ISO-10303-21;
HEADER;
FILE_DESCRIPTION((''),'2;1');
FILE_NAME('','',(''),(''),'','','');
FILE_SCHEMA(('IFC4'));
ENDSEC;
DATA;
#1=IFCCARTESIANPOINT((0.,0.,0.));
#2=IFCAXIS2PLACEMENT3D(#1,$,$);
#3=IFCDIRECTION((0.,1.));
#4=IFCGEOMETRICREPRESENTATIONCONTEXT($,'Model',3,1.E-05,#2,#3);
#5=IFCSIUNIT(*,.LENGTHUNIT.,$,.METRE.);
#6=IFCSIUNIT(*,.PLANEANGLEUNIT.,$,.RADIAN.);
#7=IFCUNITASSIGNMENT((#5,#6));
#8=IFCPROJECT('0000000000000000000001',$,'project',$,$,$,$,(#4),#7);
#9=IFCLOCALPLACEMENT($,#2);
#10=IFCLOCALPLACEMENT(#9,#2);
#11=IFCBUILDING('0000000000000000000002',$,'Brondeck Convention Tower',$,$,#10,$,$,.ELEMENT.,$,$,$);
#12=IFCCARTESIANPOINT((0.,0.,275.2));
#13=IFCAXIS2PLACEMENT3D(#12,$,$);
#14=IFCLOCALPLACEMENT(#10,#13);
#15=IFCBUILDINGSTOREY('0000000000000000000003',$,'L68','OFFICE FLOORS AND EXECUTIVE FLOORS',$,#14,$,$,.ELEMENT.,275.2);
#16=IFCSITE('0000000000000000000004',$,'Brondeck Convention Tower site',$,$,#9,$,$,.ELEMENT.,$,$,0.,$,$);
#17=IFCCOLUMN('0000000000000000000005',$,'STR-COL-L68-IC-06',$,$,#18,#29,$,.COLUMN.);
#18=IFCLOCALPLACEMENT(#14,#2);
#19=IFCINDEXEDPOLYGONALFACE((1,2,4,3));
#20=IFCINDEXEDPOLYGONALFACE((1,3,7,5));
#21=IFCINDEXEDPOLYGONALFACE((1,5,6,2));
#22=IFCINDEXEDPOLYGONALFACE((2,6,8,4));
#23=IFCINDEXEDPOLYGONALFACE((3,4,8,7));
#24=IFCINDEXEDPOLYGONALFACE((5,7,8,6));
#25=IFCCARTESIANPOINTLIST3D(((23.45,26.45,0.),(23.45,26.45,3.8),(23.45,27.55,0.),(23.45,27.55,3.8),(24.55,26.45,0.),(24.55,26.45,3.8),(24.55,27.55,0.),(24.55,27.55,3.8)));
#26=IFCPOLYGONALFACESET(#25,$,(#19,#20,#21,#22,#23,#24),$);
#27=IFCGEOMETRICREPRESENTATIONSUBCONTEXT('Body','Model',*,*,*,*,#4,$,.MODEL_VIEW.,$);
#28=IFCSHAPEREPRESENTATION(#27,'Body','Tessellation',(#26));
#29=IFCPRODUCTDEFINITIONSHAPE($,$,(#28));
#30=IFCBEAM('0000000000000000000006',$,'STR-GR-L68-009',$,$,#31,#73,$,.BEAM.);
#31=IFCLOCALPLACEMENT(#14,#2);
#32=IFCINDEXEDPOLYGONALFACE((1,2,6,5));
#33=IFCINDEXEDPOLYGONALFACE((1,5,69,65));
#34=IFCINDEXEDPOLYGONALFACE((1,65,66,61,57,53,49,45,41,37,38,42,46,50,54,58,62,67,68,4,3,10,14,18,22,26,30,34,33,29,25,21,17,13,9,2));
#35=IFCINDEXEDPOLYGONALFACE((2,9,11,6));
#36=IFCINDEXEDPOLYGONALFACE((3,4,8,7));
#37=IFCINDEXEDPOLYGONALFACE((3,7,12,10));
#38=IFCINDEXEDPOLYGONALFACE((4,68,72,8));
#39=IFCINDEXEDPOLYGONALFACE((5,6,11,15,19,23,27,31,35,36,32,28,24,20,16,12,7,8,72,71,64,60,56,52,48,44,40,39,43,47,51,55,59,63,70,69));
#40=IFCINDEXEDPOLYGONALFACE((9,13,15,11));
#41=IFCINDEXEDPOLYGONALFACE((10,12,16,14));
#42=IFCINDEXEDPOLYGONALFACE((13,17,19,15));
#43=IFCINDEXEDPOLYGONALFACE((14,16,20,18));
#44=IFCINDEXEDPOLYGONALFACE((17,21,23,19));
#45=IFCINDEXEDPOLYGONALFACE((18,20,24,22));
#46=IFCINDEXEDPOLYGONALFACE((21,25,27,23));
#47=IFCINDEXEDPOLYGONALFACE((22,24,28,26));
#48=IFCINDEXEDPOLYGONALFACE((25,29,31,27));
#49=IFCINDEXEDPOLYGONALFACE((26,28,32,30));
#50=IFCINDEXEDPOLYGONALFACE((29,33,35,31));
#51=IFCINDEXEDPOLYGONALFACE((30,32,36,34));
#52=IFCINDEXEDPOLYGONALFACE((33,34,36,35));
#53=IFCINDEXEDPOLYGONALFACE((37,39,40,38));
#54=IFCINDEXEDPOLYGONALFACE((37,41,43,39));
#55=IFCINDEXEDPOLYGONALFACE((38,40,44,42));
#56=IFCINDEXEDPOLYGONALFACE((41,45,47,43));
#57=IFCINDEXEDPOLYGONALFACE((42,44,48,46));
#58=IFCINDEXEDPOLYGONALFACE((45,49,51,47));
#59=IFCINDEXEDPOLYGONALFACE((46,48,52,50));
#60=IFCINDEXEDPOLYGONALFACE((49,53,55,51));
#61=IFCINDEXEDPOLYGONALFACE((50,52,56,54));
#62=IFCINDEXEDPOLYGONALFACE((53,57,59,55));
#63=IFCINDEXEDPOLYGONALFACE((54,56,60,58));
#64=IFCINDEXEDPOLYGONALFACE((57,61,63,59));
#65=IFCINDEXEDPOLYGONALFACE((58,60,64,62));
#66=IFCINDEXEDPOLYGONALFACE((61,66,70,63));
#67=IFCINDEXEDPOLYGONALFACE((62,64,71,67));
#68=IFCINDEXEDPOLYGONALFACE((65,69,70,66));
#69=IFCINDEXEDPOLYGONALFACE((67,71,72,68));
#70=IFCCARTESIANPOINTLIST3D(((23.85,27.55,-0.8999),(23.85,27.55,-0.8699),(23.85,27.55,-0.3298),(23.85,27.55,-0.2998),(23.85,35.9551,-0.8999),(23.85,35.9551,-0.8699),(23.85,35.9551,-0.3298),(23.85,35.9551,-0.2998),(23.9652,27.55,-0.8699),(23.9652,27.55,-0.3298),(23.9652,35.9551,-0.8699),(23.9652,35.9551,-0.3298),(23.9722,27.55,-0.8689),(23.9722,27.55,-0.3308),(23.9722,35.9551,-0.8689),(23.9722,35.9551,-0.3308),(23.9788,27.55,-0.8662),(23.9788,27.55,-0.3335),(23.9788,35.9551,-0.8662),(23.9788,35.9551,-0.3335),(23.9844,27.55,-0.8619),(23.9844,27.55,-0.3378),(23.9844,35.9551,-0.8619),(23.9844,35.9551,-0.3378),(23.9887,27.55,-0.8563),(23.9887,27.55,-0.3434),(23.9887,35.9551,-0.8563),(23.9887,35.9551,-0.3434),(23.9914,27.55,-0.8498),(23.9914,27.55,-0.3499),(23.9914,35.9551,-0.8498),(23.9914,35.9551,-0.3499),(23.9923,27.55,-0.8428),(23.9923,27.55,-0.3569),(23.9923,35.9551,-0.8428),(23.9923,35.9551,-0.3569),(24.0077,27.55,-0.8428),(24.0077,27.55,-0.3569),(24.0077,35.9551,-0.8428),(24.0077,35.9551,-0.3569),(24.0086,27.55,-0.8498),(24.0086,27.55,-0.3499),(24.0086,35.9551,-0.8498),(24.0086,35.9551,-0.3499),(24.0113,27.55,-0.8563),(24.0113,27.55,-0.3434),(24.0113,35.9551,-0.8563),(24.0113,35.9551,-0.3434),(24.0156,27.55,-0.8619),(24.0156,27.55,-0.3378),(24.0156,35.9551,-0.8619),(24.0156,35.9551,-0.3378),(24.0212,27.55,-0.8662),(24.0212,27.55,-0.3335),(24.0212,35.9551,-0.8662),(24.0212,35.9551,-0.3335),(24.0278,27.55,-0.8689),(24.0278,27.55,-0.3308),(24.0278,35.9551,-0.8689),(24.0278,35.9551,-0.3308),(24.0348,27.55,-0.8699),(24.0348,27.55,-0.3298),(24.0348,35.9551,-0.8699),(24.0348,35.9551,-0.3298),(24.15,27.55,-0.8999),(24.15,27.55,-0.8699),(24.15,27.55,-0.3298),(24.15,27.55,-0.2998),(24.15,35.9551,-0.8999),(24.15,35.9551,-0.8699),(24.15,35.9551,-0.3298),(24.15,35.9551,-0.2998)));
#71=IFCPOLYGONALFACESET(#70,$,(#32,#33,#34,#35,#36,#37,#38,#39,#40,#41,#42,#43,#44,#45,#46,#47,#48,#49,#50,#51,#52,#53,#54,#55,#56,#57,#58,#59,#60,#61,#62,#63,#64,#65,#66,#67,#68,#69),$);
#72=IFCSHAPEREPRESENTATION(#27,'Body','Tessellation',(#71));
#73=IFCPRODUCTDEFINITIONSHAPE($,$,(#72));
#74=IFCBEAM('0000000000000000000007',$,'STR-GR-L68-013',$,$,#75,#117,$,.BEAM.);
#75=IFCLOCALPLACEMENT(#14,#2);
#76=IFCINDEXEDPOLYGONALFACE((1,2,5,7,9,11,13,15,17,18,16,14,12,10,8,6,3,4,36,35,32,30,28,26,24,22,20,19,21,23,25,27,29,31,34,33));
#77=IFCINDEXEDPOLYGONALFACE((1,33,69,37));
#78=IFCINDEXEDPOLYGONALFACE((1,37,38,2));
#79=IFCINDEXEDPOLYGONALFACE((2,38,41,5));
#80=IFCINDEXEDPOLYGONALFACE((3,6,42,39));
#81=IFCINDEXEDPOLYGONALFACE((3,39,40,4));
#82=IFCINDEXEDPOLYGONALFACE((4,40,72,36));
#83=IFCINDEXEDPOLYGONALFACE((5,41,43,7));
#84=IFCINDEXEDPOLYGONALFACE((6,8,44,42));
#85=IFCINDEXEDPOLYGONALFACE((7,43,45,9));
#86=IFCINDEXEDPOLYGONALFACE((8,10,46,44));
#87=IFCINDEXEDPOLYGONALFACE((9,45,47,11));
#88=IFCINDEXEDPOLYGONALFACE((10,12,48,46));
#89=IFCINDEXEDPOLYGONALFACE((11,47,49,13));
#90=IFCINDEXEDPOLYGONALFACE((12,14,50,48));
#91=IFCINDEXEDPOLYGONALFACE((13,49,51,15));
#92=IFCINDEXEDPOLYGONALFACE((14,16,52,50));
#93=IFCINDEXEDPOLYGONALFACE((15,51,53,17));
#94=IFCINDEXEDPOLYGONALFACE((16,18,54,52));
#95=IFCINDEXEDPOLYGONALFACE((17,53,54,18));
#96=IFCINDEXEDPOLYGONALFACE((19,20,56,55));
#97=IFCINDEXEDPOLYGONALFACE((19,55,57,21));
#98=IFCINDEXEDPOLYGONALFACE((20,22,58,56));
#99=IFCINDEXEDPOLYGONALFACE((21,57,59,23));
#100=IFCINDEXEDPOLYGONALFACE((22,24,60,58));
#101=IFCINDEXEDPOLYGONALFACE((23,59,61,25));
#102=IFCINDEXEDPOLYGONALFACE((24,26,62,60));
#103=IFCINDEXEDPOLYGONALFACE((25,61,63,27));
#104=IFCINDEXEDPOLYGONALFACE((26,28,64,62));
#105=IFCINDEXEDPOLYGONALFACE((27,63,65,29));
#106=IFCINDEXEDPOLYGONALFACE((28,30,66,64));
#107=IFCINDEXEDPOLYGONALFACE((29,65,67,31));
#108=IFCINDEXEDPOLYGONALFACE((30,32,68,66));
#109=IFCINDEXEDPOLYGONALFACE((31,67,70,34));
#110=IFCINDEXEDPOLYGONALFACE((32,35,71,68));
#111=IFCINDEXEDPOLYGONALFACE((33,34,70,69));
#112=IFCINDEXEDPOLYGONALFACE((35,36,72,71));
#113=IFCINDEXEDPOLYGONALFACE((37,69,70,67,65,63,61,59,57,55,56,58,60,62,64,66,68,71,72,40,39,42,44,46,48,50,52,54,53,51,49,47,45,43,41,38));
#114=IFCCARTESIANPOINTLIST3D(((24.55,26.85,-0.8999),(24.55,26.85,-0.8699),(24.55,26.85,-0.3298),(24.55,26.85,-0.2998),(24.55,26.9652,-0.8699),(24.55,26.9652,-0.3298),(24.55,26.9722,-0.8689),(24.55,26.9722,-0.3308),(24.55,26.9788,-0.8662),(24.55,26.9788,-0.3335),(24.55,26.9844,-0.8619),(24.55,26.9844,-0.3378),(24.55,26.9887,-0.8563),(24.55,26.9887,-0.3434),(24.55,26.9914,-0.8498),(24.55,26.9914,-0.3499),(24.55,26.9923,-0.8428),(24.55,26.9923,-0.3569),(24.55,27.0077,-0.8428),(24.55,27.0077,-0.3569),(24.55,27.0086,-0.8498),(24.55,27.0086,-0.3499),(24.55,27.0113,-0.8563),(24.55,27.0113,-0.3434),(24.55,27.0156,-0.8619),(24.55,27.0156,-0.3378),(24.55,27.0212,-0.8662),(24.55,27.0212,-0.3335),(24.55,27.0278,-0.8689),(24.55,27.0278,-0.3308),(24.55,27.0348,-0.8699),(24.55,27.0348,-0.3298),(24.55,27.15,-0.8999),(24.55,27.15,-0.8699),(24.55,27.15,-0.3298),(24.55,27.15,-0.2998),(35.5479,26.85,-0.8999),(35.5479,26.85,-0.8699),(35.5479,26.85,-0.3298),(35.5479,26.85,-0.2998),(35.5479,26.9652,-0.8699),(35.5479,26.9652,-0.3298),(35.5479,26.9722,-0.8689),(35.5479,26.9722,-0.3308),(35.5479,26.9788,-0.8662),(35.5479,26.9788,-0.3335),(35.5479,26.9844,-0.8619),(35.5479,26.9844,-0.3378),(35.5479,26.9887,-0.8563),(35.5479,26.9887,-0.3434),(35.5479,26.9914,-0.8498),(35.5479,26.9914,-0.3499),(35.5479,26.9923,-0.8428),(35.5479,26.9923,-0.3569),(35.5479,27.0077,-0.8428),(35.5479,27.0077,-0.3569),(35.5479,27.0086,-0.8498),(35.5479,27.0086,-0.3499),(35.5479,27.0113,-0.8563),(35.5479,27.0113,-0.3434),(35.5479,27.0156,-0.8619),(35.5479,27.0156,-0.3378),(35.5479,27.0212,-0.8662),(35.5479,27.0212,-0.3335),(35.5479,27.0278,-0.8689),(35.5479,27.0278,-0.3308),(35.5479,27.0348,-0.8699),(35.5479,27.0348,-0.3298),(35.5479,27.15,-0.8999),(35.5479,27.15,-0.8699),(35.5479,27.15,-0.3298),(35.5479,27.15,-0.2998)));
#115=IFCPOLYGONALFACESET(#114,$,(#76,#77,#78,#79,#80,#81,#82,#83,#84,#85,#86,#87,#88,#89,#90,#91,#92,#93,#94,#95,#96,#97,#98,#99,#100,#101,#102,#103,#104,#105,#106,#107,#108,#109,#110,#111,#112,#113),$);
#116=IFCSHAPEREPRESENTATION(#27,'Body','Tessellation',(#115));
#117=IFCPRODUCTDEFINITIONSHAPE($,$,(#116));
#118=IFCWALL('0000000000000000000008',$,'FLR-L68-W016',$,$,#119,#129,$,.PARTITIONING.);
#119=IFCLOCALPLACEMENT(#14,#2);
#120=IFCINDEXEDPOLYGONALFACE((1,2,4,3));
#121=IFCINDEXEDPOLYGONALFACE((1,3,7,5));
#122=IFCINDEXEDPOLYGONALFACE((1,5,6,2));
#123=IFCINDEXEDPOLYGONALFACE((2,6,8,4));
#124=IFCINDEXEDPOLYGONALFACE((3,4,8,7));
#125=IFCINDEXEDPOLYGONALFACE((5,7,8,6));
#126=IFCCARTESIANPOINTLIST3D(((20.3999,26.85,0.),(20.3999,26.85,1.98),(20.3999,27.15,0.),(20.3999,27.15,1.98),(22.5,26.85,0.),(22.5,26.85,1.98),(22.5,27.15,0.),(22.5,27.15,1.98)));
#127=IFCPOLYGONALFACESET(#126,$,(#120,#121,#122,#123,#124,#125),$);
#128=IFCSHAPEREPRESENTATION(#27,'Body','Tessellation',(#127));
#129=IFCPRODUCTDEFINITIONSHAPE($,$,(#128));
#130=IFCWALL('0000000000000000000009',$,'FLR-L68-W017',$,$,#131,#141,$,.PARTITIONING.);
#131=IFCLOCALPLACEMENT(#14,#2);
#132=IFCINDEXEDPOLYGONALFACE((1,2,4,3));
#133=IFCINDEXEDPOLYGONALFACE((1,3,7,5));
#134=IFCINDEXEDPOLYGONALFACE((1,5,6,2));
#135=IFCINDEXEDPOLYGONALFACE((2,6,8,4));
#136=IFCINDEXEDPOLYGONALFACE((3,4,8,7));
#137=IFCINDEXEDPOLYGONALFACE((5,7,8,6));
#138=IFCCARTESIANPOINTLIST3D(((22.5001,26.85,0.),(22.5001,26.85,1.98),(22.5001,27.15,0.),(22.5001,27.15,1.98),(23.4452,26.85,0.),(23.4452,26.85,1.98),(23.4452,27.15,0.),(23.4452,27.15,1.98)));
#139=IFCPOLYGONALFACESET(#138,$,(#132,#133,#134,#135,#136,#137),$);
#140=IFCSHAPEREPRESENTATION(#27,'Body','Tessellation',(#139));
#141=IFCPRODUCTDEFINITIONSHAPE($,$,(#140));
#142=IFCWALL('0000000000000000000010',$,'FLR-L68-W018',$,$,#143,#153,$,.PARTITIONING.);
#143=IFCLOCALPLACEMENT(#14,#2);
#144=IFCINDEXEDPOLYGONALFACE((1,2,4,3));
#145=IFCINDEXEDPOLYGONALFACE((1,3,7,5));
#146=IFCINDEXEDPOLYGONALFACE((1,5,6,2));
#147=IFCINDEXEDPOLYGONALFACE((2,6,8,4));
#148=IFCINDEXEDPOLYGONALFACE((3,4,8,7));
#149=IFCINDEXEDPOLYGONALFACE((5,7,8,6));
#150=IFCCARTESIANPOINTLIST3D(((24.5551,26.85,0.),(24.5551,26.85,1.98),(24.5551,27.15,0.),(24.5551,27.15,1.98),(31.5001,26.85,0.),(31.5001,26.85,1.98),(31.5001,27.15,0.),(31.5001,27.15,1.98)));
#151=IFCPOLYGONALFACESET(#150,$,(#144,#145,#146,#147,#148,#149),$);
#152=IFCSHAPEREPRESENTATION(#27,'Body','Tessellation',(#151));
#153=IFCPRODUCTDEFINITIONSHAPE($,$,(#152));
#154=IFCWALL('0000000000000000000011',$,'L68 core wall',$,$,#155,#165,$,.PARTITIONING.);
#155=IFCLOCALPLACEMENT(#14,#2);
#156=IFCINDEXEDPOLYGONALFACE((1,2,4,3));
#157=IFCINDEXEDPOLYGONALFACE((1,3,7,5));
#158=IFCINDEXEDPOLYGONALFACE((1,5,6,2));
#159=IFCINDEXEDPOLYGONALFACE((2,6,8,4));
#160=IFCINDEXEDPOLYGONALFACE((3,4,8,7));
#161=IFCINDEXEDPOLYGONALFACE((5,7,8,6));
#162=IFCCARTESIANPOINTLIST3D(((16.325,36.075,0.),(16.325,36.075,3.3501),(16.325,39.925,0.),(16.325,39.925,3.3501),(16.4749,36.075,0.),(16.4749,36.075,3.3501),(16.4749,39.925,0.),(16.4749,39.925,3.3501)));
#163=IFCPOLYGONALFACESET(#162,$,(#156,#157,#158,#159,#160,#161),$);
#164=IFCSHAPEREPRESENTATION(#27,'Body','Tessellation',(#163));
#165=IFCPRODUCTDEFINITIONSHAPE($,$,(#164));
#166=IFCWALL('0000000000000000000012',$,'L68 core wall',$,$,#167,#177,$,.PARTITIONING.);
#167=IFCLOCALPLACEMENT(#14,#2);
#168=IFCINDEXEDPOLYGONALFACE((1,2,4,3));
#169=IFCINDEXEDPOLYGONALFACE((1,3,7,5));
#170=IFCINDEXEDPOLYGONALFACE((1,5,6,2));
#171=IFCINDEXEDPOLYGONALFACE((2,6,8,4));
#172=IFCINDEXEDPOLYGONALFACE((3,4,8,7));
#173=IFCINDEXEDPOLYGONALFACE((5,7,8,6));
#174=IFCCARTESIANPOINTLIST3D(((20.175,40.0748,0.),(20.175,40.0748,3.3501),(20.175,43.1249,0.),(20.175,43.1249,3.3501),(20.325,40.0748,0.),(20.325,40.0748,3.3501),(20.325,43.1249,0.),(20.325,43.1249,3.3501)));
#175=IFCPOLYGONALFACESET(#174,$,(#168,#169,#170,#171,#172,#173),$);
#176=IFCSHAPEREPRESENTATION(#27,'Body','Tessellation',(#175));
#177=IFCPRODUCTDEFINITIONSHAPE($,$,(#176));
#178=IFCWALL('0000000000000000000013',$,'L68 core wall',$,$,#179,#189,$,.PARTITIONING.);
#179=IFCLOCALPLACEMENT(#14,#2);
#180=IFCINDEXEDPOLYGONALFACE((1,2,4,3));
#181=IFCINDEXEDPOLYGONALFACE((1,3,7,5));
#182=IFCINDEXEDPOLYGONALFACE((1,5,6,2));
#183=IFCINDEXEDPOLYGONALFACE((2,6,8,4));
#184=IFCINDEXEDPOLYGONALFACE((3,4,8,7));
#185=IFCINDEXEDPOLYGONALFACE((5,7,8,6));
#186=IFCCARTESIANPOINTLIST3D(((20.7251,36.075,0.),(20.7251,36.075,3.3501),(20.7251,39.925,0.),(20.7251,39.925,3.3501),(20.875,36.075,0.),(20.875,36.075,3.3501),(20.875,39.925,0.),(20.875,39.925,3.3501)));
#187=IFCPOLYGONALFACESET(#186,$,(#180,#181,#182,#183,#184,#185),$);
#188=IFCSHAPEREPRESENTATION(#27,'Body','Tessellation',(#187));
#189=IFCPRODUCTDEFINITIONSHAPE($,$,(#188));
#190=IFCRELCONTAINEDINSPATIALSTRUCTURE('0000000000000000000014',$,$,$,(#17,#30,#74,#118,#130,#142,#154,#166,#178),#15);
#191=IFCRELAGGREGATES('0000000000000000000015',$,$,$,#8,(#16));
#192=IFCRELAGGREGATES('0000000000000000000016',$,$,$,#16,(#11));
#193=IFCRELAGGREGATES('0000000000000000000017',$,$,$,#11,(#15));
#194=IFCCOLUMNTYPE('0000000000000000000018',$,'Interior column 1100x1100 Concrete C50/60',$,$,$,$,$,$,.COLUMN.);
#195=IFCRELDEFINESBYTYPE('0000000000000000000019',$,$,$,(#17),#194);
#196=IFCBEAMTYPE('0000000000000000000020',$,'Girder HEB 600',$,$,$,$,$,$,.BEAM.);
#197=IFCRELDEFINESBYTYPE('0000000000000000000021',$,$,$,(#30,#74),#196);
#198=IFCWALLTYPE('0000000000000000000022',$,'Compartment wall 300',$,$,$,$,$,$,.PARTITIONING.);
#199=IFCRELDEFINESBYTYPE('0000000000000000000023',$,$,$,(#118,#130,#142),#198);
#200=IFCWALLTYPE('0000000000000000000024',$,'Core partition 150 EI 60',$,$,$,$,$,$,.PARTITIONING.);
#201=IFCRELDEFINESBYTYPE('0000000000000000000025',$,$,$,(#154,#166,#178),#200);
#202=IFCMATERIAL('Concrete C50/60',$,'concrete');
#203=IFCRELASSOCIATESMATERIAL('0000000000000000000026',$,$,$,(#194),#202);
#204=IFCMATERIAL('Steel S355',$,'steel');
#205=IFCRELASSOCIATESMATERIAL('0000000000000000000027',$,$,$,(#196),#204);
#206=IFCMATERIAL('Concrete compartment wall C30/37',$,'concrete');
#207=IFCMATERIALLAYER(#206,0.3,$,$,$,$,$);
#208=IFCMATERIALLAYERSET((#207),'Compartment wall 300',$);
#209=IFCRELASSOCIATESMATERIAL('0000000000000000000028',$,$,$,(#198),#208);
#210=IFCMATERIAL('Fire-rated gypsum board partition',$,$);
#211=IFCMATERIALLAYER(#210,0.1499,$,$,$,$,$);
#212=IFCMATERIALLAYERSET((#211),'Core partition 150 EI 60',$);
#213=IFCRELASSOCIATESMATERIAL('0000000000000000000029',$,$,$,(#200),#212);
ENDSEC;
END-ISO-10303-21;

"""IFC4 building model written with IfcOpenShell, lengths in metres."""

from ifc_helpers import new_model, si_unit, direction, frame, frame_2d, origin, origin_2d, place, context, subcontext, project, spatial, rectangle, i_section, extrude, material, layer, layer_set, material_profile, profile_set, type_object, element, save


model = new_model("IFC4")

# Units and contexts
model_context = context("Model", 3, precision=1e-05, world=origin(), true_north=direction((0.0, 1.0)))
body_context = subcontext(model_context, "Body", "Model", "MODEL_VIEW")
ifc_project = project(units=[si_unit("LENGTHUNIT", "METRE"), si_unit("PLANEANGLEUNIT", "RADIAN")], contexts=[model_context])

# Site, building, storey
site_placement = place(None, origin())
site = spatial("IfcSite", under=ifc_project, at=site_placement, Name="Brondeck Convention Tower site", CompositionType="ELEMENT", RefElevation=0.0)
building_placement = place(site_placement, origin())
building = spatial("IfcBuilding", under=site, at=building_placement, Name="Brondeck Convention Tower", CompositionType="ELEMENT")
storey_placement = place(building_placement, frame((0.0, 0.0, 275.2)))
storey = spatial("IfcBuildingStorey", under=building, at=storey_placement, Name="L68", Description="OFFICE FLOORS AND EXECUTIVE FLOORS", CompositionType="ELEMENT", Elevation=275.2)

# Column
ifc_material_1 = material(Name="Concrete C50/60", Category="concrete")
ifc_material_profile_1 = material_profile(ifc_material_1, rectangle(XDim=1.1001, YDim=1.1001, at=origin_2d()), Name="Interior column 1100x1100 Concrete C50/60")
ifc_profile_set_1 = profile_set([ifc_material_profile_1], Name="Concrete C50/60")
column_type = type_object("IfcColumnType", Name="Interior column 1100x1100 Concrete C50/60", PredefinedType="COLUMN", material=ifc_profile_set_1)
column_placement = place(storey_placement, frame((24.0, 27.0, 0.0), z_axis=(0.0, 0.0, 1.0), x_axis=(1.0, 0.0, 0.0)))
element("IfcColumn", 1, at=column_placement, inside=storey, type_object=column_type, Name="STR-COL-L68-IC-06", PredefinedType="COLUMN", context=body_context, shape_type="SweptSolid", body=[
    extrude(rectangle(XDim=1.1001, YDim=1.1001, at=origin_2d()), origin(), (0.0, 0.0, 1.0), 3.8),
])

# Beams
ifc_material_2 = material(Name="Steel S355", Category="steel")
ifc_material_profile_2 = material_profile(ifc_material_2, i_section(OverallWidth=0.3, OverallDepth=0.6001, WebThickness=0.0154, FlangeThickness=0.03, FilletRadius=0.0271, at=origin_2d()), Name="HEB 600")
ifc_profile_set_2 = profile_set([ifc_material_profile_2], Name="Steel S355")
beam_type = type_object("IfcBeamType", Name="Girder HEB 600", PredefinedType="BEAM", material=ifc_profile_set_2)
beam_1_placement = place(storey_placement, frame((24.0, 35.9551, -0.5999), z_axis=(0.0, -1.0, 0.0), x_axis=(1.0, 0.0, 0.0)))
element("IfcBeam", 2, at=beam_1_placement, inside=storey, type_object=beam_type, Name="STR-GR-L68-009", PredefinedType="BEAM", context=body_context, shape_type="SweptSolid", body=[
    extrude(i_section(OverallWidth=0.3, OverallDepth=0.6001, WebThickness=0.0154, FlangeThickness=0.03, FilletRadius=0.0271, at=origin_2d()), origin(), (0.0, 0.0, 1.0), 8.405),
])
beam_2_placement = place(storey_placement, frame((24.55, 27.0, -0.5999), z_axis=(1.0, 0.0, 0.0), x_axis=(0.0, 1.0, 0.0)))
element("IfcBeam", 3, at=beam_2_placement, inside=storey, type_object=beam_type, Name="STR-GR-L68-013", PredefinedType="BEAM", context=body_context, shape_type="SweptSolid", body=[
    extrude(i_section(OverallWidth=0.3, OverallDepth=0.6001, WebThickness=0.0154, FlangeThickness=0.03, FilletRadius=0.0271, at=origin_2d()), origin(), (0.0, 0.0, 1.0), 10.9978),
])

# Walls
ifc_material_3 = material(Name="Concrete compartment wall C30/37", Category="concrete")
ifc_layer_1 = layer(ifc_material_3, 0.3)
ifc_layer_set_1 = layer_set([ifc_layer_1], Name="Compartment wall 300")
wall_type_1 = type_object("IfcWallType", Name="Compartment wall 300", PredefinedType="PARTITIONING", material=ifc_layer_set_1)
wall_1_placement = place(storey_placement, frame((20.3999, 27.0, 0.0), z_axis=(0.0, 0.0, 1.0), x_axis=(1.0, 0.0, 0.0)))
element("IfcWall", 4, at=wall_1_placement, inside=storey, type_object=wall_type_1, Name="FLR-L68-W016", PredefinedType="PARTITIONING", context=body_context, shape_type="SweptSolid", body=[
    extrude(rectangle(XDim=2.1001, YDim=0.3, at=frame_2d((1.05, 0.0))), origin(), (0.0, 0.0, 1.0), 1.98),
])
wall_2_placement = place(storey_placement, frame((22.5, 27.0, 0.0), z_axis=(0.0, 0.0, 1.0), x_axis=(1.0, 0.0, 0.0)))
element("IfcWall", 5, at=wall_2_placement, inside=storey, type_object=wall_type_1, Name="FLR-L68-W017", PredefinedType="PARTITIONING", context=body_context, shape_type="SweptSolid", body=[
    extrude(rectangle(XDim=0.9451, YDim=0.3, at=frame_2d((0.4727, 0.0))), origin(), (0.0, 0.0, 1.0), 1.98),
])
wall_3_placement = place(storey_placement, frame((24.5549, 27.0, 0.0), z_axis=(0.0, 0.0, 1.0), x_axis=(1.0, 0.0, 0.0)))
element("IfcWall", 6, at=wall_3_placement, inside=storey, type_object=wall_type_1, Name="FLR-L68-W018", PredefinedType="PARTITIONING", context=body_context, shape_type="SweptSolid", body=[
    extrude(rectangle(XDim=6.9451, YDim=0.3, at=frame_2d((3.4727, 0.0))), origin(), (0.0, 0.0, 1.0), 1.98),
])
ifc_material_4 = material(Name="Fire-rated gypsum board partition")
ifc_layer_2 = layer(ifc_material_4, 0.1499)
ifc_layer_set_2 = layer_set([ifc_layer_2], Name="Core partition 150 EI 60")
wall_type_2 = type_object("IfcWallType", Name="Core partition 150 EI 60", PredefinedType="PARTITIONING", material=ifc_layer_set_2)
wall_4_placement = place(storey_placement, frame((16.3999, 36.075, 0.0), z_axis=(0.0, 0.0, 1.0), x_axis=(0.0, 1.0, 0.0)))
element("IfcWall", 7, at=wall_4_placement, inside=storey, type_object=wall_type_2, Name="L68 core wall", PredefinedType="PARTITIONING", context=body_context, shape_type="SweptSolid", body=[
    extrude(rectangle(XDim=3.8501, YDim=0.1499, at=frame_2d((1.925, 0.0))), origin(), (0.0, 0.0, 1.0), 3.3501),
])
wall_5_placement = place(storey_placement, frame((20.25, 40.075, 0.0), z_axis=(0.0, 0.0, 1.0), x_axis=(0.0, 1.0, 0.0)))
element("IfcWall", 8, at=wall_5_placement, inside=storey, type_object=wall_type_2, Name="L68 core wall", PredefinedType="PARTITIONING", context=body_context, shape_type="SweptSolid", body=[
    extrude(rectangle(XDim=3.05, YDim=0.1499, at=frame_2d((1.5249, 0.0))), origin(), (0.0, 0.0, 1.0), 3.3501),
])
wall_6_placement = place(storey_placement, frame((20.8, 36.075, 0.0), z_axis=(0.0, 0.0, 1.0), x_axis=(0.0, 1.0, 0.0)))
element("IfcWall", 9, at=wall_6_placement, inside=storey, type_object=wall_type_2, Name="L68 core wall", PredefinedType="PARTITIONING", context=body_context, shape_type="SweptSolid", body=[
    extrude(rectangle(XDim=3.8501, YDim=0.1499, at=frame_2d((1.925, 0.0))), origin(), (0.0, 0.0, 1.0), 3.3501),
])

save(model, "model.ifc")
